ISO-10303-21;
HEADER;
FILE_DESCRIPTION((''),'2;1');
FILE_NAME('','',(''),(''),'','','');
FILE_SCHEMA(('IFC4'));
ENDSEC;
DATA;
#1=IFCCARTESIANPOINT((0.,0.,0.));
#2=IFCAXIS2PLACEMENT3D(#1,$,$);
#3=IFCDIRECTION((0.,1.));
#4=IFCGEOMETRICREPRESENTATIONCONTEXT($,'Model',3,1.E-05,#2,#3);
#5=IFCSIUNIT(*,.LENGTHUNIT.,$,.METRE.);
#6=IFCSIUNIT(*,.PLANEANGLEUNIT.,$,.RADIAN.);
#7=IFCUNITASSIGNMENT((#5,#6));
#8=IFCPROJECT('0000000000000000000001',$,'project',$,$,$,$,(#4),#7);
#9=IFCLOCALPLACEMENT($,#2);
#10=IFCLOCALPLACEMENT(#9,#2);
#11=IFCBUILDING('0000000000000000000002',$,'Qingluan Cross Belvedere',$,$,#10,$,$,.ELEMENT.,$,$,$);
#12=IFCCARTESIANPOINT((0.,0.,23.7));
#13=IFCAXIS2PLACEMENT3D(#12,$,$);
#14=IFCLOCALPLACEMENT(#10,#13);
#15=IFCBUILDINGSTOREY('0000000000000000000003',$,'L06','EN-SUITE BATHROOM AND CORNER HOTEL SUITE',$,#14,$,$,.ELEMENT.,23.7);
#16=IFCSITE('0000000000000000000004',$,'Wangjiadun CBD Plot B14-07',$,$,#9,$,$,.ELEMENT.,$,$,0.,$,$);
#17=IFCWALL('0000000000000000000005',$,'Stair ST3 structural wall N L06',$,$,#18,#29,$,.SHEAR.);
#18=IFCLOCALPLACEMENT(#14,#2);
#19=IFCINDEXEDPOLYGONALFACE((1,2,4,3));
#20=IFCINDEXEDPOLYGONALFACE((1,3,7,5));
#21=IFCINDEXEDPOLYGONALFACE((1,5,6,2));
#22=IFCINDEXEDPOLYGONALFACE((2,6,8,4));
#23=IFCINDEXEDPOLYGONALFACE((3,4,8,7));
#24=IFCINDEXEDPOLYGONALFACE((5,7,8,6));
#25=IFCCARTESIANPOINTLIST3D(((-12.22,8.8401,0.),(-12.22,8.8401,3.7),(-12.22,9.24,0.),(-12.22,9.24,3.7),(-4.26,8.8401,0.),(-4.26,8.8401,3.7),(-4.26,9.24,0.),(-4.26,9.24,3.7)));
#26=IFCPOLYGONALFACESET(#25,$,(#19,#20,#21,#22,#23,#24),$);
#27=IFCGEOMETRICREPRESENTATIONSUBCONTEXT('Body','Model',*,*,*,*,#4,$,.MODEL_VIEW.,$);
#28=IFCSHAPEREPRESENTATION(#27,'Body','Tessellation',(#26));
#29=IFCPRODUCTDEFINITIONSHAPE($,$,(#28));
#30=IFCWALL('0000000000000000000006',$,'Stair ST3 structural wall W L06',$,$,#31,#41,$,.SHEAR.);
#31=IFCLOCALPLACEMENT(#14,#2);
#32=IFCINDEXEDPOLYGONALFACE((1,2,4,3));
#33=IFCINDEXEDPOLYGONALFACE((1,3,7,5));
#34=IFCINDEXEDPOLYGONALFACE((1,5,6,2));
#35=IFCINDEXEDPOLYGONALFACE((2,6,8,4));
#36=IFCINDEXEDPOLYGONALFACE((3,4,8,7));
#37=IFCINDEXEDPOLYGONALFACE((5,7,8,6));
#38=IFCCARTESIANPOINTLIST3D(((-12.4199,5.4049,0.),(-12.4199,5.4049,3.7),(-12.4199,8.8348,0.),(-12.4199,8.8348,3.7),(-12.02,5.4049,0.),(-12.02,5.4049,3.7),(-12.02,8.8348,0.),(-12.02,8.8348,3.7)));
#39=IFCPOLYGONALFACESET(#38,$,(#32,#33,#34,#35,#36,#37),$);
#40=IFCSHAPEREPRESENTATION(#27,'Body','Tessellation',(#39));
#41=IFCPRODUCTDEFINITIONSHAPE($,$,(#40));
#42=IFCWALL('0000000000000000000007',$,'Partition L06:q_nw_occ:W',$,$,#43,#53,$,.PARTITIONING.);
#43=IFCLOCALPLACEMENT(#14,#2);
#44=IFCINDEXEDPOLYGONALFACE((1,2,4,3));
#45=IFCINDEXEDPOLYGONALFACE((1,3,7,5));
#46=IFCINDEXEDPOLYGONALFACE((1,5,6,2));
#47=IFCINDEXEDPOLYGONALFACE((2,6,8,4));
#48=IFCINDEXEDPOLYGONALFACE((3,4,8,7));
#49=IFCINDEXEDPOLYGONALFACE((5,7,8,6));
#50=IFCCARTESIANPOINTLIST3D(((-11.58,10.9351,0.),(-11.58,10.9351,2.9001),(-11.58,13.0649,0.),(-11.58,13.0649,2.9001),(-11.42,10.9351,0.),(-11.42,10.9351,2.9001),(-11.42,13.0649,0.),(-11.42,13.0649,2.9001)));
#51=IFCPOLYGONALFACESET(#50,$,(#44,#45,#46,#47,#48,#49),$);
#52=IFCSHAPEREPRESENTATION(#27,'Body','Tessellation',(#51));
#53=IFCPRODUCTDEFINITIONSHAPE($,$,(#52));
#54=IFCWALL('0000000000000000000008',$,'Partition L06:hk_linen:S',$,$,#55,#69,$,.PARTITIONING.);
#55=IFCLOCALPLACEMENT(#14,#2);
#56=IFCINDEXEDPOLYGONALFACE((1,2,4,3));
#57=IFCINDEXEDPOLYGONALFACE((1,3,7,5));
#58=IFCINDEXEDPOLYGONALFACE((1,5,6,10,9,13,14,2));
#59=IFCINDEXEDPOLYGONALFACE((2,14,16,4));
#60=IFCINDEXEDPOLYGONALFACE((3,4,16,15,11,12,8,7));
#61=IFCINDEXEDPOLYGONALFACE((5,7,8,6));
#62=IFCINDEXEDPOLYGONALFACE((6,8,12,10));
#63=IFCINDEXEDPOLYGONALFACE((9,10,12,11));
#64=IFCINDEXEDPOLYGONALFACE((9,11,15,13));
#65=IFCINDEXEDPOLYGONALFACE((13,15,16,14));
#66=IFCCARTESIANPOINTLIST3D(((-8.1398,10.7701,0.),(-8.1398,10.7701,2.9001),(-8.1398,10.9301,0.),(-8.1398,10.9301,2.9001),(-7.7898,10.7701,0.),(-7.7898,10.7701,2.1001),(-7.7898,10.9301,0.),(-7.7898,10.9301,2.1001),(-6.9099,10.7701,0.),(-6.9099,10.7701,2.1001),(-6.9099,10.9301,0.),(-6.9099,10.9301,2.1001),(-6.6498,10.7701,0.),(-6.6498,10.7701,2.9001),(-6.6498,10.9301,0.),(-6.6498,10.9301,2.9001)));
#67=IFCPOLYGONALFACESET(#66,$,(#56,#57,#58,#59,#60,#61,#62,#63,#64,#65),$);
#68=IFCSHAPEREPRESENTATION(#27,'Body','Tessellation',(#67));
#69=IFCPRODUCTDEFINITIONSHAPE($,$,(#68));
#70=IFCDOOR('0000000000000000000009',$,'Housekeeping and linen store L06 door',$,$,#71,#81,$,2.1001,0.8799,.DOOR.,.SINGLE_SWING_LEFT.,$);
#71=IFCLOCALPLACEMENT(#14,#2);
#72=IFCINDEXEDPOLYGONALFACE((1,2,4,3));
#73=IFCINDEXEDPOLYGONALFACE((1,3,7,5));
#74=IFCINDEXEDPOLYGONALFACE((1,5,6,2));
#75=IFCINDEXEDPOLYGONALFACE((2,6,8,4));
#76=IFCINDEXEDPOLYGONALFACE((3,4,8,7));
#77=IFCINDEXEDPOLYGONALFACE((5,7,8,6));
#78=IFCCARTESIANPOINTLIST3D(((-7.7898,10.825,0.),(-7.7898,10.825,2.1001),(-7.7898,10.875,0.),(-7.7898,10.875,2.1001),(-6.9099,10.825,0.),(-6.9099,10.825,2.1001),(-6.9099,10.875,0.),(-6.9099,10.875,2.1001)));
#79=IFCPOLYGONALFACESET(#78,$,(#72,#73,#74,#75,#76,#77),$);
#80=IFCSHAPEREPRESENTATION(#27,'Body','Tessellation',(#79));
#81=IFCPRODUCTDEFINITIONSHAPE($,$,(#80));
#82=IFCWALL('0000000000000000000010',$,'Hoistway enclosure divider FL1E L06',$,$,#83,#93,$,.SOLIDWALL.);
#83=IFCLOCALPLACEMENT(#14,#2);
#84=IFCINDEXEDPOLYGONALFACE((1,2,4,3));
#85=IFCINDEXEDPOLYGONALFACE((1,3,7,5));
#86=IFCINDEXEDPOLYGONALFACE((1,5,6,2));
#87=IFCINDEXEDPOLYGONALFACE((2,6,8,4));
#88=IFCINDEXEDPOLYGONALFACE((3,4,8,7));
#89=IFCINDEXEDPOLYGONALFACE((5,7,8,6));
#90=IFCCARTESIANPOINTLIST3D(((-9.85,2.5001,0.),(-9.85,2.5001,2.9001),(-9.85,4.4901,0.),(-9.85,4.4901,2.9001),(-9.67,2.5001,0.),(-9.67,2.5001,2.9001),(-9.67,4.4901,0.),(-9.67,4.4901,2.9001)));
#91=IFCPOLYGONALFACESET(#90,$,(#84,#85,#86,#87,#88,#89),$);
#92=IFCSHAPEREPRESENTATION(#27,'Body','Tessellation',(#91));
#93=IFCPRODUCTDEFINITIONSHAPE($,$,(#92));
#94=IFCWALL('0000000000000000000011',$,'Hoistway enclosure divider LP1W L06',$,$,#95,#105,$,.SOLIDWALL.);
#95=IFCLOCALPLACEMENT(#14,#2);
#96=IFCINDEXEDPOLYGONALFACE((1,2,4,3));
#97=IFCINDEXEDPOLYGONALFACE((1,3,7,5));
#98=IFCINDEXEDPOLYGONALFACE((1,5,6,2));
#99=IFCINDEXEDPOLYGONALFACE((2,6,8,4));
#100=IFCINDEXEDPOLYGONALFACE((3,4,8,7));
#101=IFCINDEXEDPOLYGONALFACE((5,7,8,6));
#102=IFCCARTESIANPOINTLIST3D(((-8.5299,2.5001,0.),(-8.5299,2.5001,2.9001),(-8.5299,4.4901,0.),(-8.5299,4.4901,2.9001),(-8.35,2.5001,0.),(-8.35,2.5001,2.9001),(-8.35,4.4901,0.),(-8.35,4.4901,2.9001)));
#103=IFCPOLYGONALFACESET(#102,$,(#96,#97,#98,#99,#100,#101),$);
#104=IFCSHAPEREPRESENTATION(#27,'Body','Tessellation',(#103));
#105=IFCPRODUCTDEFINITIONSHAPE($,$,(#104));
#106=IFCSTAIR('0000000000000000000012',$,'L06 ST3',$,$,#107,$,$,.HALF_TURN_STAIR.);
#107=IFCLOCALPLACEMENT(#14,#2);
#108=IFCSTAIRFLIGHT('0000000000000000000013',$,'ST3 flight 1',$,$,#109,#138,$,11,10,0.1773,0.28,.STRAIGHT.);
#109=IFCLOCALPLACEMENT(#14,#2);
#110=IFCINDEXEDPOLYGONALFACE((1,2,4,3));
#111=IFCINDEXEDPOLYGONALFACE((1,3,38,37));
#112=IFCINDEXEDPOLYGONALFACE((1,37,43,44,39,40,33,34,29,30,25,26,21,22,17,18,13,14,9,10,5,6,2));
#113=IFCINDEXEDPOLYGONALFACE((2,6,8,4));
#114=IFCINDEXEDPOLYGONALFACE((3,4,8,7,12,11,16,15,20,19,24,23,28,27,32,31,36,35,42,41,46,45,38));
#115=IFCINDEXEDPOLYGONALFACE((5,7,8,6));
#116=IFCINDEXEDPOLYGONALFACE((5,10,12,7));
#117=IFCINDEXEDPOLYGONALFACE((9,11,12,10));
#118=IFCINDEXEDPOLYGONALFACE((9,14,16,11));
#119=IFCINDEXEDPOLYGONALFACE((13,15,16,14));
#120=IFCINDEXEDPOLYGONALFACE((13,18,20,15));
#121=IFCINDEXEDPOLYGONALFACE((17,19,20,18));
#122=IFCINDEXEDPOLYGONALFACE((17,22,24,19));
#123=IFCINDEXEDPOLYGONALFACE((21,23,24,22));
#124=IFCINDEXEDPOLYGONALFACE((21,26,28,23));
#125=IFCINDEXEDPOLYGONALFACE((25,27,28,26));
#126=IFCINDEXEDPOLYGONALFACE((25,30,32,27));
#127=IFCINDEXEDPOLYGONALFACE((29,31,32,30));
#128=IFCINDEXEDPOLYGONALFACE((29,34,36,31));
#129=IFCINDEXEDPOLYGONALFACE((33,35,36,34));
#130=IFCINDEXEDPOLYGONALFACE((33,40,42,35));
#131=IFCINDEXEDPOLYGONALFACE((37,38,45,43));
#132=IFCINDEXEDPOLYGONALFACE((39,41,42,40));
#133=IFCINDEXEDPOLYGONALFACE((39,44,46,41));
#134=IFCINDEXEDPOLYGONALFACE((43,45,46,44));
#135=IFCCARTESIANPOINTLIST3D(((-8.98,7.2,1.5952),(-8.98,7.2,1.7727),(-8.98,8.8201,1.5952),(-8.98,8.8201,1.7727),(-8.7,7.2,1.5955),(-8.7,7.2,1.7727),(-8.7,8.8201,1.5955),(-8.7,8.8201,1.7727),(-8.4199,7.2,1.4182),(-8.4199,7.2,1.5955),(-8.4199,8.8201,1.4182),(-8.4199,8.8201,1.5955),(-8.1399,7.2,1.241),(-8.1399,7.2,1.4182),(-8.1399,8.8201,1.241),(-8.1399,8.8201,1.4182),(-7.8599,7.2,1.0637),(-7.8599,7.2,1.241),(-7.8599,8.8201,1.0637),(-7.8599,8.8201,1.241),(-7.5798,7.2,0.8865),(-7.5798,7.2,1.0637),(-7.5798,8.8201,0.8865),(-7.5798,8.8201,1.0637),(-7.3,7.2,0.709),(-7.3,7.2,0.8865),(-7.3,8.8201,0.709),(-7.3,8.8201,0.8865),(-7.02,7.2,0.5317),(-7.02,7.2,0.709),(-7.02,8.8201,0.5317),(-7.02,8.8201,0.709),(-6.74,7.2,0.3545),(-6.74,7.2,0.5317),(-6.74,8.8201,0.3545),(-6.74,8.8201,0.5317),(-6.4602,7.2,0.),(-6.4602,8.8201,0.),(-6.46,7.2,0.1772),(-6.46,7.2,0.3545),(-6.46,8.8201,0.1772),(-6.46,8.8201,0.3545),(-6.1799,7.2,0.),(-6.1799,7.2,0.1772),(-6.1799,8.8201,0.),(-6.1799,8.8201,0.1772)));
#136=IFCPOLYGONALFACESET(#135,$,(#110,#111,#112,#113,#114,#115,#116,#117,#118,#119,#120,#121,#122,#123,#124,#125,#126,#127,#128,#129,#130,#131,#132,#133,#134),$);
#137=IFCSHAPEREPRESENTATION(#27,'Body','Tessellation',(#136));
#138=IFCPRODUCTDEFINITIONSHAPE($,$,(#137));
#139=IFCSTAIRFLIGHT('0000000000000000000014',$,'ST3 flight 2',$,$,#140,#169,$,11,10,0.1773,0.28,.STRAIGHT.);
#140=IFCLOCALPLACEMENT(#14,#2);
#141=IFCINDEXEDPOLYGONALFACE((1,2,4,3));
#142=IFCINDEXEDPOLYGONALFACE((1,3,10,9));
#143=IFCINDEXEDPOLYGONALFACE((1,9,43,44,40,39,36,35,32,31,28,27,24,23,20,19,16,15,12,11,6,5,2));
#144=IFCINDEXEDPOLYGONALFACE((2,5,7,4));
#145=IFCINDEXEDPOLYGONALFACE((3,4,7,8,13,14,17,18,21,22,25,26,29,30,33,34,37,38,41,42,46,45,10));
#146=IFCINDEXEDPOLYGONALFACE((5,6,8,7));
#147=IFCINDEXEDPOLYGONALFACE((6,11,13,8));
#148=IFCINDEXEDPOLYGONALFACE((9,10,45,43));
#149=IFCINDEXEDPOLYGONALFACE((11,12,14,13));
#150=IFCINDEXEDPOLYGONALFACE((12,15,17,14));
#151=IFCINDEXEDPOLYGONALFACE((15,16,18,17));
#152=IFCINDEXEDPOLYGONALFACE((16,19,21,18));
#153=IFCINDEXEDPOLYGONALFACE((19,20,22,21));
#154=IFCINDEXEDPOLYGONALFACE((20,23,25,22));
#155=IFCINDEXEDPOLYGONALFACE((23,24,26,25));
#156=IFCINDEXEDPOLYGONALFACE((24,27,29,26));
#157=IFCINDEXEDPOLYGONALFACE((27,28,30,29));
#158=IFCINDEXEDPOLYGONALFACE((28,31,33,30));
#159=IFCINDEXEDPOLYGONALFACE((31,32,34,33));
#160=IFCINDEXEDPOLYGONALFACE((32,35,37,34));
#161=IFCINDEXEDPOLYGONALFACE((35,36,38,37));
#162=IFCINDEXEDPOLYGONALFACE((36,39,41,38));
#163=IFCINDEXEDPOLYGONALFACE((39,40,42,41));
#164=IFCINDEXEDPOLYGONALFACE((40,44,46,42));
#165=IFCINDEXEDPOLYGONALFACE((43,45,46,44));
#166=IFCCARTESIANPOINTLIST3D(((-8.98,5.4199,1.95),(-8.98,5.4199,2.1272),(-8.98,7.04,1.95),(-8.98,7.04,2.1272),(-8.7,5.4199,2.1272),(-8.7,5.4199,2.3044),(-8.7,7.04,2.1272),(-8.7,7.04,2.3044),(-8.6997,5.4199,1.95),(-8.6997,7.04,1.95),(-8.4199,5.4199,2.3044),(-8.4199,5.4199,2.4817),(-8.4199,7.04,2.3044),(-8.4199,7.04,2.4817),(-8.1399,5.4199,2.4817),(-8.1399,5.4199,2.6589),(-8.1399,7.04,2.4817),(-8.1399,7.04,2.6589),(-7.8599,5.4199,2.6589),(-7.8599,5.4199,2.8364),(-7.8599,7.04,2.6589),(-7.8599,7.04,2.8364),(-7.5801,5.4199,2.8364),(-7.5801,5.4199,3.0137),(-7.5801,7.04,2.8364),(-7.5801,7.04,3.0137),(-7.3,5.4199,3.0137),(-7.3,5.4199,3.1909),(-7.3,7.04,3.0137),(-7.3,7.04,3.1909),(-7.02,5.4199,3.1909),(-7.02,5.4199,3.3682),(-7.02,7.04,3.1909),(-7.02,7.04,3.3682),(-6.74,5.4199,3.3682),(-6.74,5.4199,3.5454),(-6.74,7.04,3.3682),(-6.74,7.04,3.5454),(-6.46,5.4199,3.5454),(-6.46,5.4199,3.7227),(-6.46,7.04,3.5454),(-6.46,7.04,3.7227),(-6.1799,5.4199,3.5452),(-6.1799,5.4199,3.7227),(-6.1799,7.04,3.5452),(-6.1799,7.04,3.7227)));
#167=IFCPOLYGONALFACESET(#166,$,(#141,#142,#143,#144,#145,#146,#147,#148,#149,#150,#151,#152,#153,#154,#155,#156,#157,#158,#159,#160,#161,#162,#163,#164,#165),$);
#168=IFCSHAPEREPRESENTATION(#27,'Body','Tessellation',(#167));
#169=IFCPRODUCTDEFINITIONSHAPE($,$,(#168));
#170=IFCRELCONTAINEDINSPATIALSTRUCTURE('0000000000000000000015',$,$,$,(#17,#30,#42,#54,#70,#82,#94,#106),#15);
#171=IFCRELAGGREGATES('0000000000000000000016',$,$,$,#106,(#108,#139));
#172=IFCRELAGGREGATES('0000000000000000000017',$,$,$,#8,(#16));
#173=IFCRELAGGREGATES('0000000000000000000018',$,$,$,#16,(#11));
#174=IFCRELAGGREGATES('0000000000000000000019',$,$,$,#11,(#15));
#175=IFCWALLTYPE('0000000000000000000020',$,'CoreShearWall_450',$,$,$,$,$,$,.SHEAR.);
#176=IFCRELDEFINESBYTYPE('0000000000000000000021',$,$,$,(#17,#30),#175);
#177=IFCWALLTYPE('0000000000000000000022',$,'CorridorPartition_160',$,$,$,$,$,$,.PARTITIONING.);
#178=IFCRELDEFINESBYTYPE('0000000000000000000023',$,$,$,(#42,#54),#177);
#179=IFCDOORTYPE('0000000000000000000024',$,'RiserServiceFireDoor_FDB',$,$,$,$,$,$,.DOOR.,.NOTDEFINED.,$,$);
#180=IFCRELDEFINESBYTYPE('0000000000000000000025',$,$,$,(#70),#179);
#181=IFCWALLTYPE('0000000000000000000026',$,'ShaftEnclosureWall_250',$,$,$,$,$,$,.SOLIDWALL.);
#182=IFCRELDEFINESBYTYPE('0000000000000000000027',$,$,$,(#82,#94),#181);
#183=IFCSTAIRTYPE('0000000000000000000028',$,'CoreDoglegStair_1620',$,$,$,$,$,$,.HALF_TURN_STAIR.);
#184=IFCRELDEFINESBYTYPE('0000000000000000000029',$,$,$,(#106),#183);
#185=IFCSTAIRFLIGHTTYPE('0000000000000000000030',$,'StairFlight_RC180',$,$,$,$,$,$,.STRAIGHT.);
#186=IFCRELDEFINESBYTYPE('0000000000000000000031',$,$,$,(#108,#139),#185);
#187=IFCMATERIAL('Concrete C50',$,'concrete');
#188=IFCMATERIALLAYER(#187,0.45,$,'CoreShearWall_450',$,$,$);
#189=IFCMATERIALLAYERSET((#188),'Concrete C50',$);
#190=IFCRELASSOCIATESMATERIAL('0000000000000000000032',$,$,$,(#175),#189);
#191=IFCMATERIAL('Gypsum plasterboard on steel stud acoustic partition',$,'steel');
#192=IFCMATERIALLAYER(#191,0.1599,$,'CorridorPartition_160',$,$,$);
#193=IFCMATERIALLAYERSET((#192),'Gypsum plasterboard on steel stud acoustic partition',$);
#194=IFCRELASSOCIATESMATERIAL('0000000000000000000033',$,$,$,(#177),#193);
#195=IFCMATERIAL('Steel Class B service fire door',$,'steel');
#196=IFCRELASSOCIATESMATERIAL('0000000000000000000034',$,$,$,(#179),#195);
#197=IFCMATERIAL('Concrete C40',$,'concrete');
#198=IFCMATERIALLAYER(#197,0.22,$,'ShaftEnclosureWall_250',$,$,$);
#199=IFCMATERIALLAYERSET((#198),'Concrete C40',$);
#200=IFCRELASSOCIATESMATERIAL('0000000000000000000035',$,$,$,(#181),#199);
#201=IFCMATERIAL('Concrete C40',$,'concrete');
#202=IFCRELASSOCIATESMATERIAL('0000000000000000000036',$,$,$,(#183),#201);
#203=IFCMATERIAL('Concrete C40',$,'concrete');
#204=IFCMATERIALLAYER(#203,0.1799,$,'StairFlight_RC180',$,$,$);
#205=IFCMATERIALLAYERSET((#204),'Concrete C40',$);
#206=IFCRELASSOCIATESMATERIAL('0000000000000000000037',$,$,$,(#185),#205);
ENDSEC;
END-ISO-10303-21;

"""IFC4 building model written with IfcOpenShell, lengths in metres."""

from ifc_helpers import new_model, si_unit, direction, frame, frame_2d, origin, place, context, subcontext, project, spatial, polyline, rectangle, outline, extrude, material, layer, layer_set, type_object, element, fill, aggregate, save


model = new_model("IFC4")

# Units and contexts
model_context = context("Model", 3, precision=1e-05, world=origin(), true_north=direction((0.0, 1.0)))
body_context = subcontext(model_context, "Body", "Model", "MODEL_VIEW")
ifc_project = project(units=[si_unit("LENGTHUNIT", "METRE"), si_unit("PLANEANGLEUNIT", "RADIAN")], contexts=[model_context])

# Site, building, storey
site_placement = place(None, origin())
site = spatial("IfcSite", under=ifc_project, at=site_placement, Name="Wangjiadun CBD Plot B14-07", CompositionType="ELEMENT", RefElevation=0.0)
building_placement = place(site_placement, origin())
building = spatial("IfcBuilding", under=site, at=building_placement, Name="Qingluan Cross Belvedere", CompositionType="ELEMENT")
storey_placement = place(building_placement, frame((0.0, 0.0, 23.7)))
storey = spatial("IfcBuildingStorey", under=building, at=storey_placement, Name="L06", Description="EN-SUITE BATHROOM AND CORNER HOTEL SUITE", CompositionType="ELEMENT", Elevation=23.7)

# Walls
ifc_material_1 = material(Name="Concrete C50", Category="concrete")
ifc_layer_1 = layer(ifc_material_1, 0.45, Name="CoreShearWall_450")
ifc_layer_set_1 = layer_set([ifc_layer_1], Name="Concrete C50")
wall_type_1 = type_object("IfcWallType", Name="CoreShearWall_450", PredefinedType="SHEAR", material=ifc_layer_set_1)
wall_1_placement = place(storey_placement, frame((-12.22, 9.04, 0.0), z_axis=(0.0, 0.0, 1.0), x_axis=(1.0, 0.0, 0.0)))
element("IfcWall", 1, at=wall_1_placement, inside=storey, type_object=wall_type_1, Name="Stair ST3 structural wall N L06", PredefinedType="SHEAR", context=body_context, shape_type="SweptSolid", body=[
    extrude(rectangle(XDim=7.96, YDim=0.3999, at=frame_2d((3.98, 0.0))), origin(), (0.0, 0.0, 1.0), 3.7),
])
wall_2_placement = place(storey_placement, frame((-12.22, 5.405, 0.0), z_axis=(0.0, 0.0, 1.0), x_axis=(0.0, 1.0, 0.0)))
element("IfcWall", 2, at=wall_2_placement, inside=storey, type_object=wall_type_1, Name="Stair ST3 structural wall W L06", PredefinedType="SHEAR", context=body_context, shape_type="SweptSolid", body=[
    extrude(rectangle(XDim=3.4299, YDim=0.3999, at=frame_2d((1.7148, 0.0))), origin(), (0.0, 0.0, 1.0), 3.7),
])

# Shared definitions
ifc_material_2 = material(Name="Gypsum plasterboard on steel stud acoustic partition", Category="steel")
ifc_layer_2 = layer(ifc_material_2, 0.1599, Name="CorridorPartition_160")
ifc_layer_set_2 = layer_set([ifc_layer_2], Name="Gypsum plasterboard on steel stud acoustic partition")
wall_type_2 = type_object("IfcWallType", Name="CorridorPartition_160", PredefinedType="PARTITIONING", material=ifc_layer_set_2)

# Wall
wall_3_placement = place(storey_placement, frame((-11.5, 10.9351, 0.0), z_axis=(0.0, 0.0, 1.0), x_axis=(0.0, 1.0, 0.0)))
element("IfcWall", 3, at=wall_3_placement, inside=storey, type_object=wall_type_2, Name="Partition L06:q_nw_occ:W", PredefinedType="PARTITIONING", context=body_context, shape_type="SweptSolid", body=[
    extrude(rectangle(XDim=2.1299, YDim=0.1599, at=frame_2d((1.0649, 0.0))), origin(), (0.0, 0.0, 1.0), 2.9001),
])

# Wall, opening, door
wall_4_placement = place(storey_placement, frame((-8.1399, 10.8501, 0.0), z_axis=(0.0, 0.0, 1.0), x_axis=(1.0, 0.0, 0.0)))
wall_4 = element("IfcWall", 4, at=wall_4_placement, inside=storey, type_object=wall_type_2, Name="Partition L06:hk_linen:S", PredefinedType="PARTITIONING", context=body_context, shape_type="SweptSolid", body=[
    extrude(rectangle(XDim=1.49, YDim=0.1599, at=frame_2d((0.7451, 0.0))), origin(), (0.0, 0.0, 1.0), 2.9001),
])
opening_1_placement = place(wall_4_placement, frame((0.3501, 0.0, 0.0)))
opening_1 = element("IfcOpeningElement", 5, at=opening_1_placement, cuts=wall_4, PredefinedType="OPENING", context=body_context, shape_type="SweptSolid", body=[
    extrude(rectangle(XDim=0.8799, YDim=2.1001, at=frame_2d((0.4399, 1.05))), frame((0.0, 0.0898, 0.0), z_axis=(0.0, -1.0, 0.0), x_axis=(1.0, 0.0, 0.0)), (0.0, 0.0, 1.0), 0.1799),
])
ifc_material_3 = material(Name="Steel Class B service fire door", Category="steel")
door_type_1 = type_object("IfcDoorType", Name="RiserServiceFireDoor_FDB", OperationType="NOTDEFINED", PredefinedType="DOOR", material=ifc_material_3)
door_1_placement = place(opening_1_placement, origin())
door_1 = element("IfcDoor", 6, at=door_1_placement, inside=storey, type_object=door_type_1, Name="Housekeeping and linen store L06 door", OperationType="SINGLE_SWING_LEFT", OverallHeight=2.1001, OverallWidth=0.8799, PredefinedType="DOOR", context=body_context, shape_type="SweptSolid", body=[
    extrude(rectangle(XDim=0.8799, YDim=2.1001, at=frame_2d((0.4399, 1.05))), frame((0.0, 0.0249, 0.0), z_axis=(0.0, -1.0, 0.0), x_axis=(1.0, 0.0, 0.0)), (0.0, 0.0, 1.0), 0.05),
])
fill(opening_1, door_1)

# Shared definitions
ifc_material_4 = material(Name="Concrete C40", Category="concrete")
ifc_layer_3 = layer(ifc_material_4, 0.22, Name="ShaftEnclosureWall_250")
ifc_layer_set_3 = layer_set([ifc_layer_3], Name="Concrete C40")
wall_type_3 = type_object("IfcWallType", Name="ShaftEnclosureWall_250", PredefinedType="SOLIDWALL", material=ifc_layer_set_3)

# Walls
for number, where, z_axis, x_axis, name in (
    (7, (-9.76, 2.5, 0.0), (0.0, 0.0, 1.0), (0.0, 1.0, 0.0), "Hoistway enclosure divider FL1E L06"),
    (8, (-8.4399, 2.5, 0.0), (0.0, 0.0, 1.0), (0.0, 1.0, 0.0), "Hoistway enclosure divider LP1W L06"),
):
    element("IfcWall", number, at=place(storey_placement, frame(where, z_axis=z_axis, x_axis=x_axis)), inside=storey, type_object=wall_type_3, Name=name, PredefinedType="SOLIDWALL", context=body_context, shape_type="SweptSolid", body=[
        extrude(rectangle(XDim=1.99, YDim=0.1799, at=frame_2d((0.9951, 0.0))), origin(), (0.0, 0.0, 1.0), 2.9001),
    ])

# Stair, stair flights
ifc_material_5 = material(Name="Concrete C40", Category="concrete")
stair_type = type_object("IfcStairType", Name="CoreDoglegStair_1620", PredefinedType="HALF_TURN_STAIR", material=ifc_material_5)
stair_placement = place(storey_placement, origin())
stair = element("IfcStair", 9, at=stair_placement, inside=storey, type_object=stair_type, Name="L06 ST3", PredefinedType="HALF_TURN_STAIR")
ifc_material_6 = material(Name="Concrete C40", Category="concrete")
ifc_layer_4 = layer(ifc_material_6, 0.1799, Name="StairFlight_RC180")
ifc_layer_set_4 = layer_set([ifc_layer_4], Name="Concrete C40")
stair_flight_type = type_object("IfcStairFlightType", Name="StairFlight_RC180", PredefinedType="STRAIGHT", material=ifc_layer_set_4)
stair_flight_1_placement = place(storey_placement, frame((-6.1799, 8.01, 0.0), z_axis=(0.0, 0.0, 1.0), x_axis=(-1.0, 0.0, 0.0)))
stair_flight_1 = element("IfcStairFlight", 10, at=stair_flight_1_placement, type_object=stair_flight_type, Name="ST3 flight 1", NumberOfRisers=11, NumberOfTreads=10, PredefinedType="STRAIGHT", RiserHeight=0.1773, TreadLength=0.28, context=body_context, shape_type="SweptSolid", body=[
    extrude(outline(polyline([(0.0, 0.0), (0.0, 0.1772), (0.28, 0.1772), (0.28, 0.3545), (0.5601, 0.3545), (0.5601, 0.5317), (0.8401, 0.5317), (0.8401, 0.709), (1.1201, 0.709), (1.1201, 0.8865), (1.3999, 0.8865), (1.3999, 1.0637), (1.6799, 1.0637), (1.6799, 1.241), (1.96, 1.241), (1.96, 1.4182), (2.24, 1.4182), (2.24, 1.5955), (2.52, 1.5955), (2.52, 1.7727), (2.8, 1.7727), (2.8, 1.95), (2.8, 1.5952), (0.2803, 0.0), (0.0, 0.0)])), frame((0.0, 0.8101, 0.0), z_axis=(0.0, -1.0, 0.0), x_axis=(1.0, 0.0, 0.0)), (0.0, 0.0, 1.0), 1.6201),
])
stair_flight_2_placement = place(storey_placement, frame((-8.98, 6.23, 1.95), z_axis=(0.0, 0.0, 1.0), x_axis=(1.0, 0.0, 0.0)))
stair_flight_2 = element("IfcStairFlight", 11, at=stair_flight_2_placement, type_object=stair_flight_type, Name="ST3 flight 2", NumberOfRisers=11, NumberOfTreads=10, PredefinedType="STRAIGHT", RiserHeight=0.1773, TreadLength=0.28, context=body_context, shape_type="SweptSolid", body=[
    extrude(outline(polyline([(0.0, 0.0), (0.0, 0.1772), (0.28, 0.1772), (0.28, 0.3545), (0.5601, 0.3545), (0.5601, 0.5317), (0.8401, 0.5317), (0.8401, 0.709), (1.1201, 0.709), (1.1201, 0.8865), (1.3999, 0.8865), (1.3999, 1.0637), (1.6799, 1.0637), (1.6799, 1.241), (1.96, 1.241), (1.96, 1.4182), (2.24, 1.4182), (2.24, 1.5955), (2.52, 1.5955), (2.52, 1.7727), (2.8, 1.7727), (2.8, 1.95), (2.8, 1.5952), (0.2803, 0.0), (0.0, 0.0)])), frame((0.0, 0.8101, 0.0), z_axis=(0.0, -1.0, 0.0), x_axis=(1.0, 0.0, 0.0)), (0.0, 0.0, 1.0), 1.6201),
])
aggregate(stair, [stair_flight_1, stair_flight_2])

save(model, "model.ifc")
